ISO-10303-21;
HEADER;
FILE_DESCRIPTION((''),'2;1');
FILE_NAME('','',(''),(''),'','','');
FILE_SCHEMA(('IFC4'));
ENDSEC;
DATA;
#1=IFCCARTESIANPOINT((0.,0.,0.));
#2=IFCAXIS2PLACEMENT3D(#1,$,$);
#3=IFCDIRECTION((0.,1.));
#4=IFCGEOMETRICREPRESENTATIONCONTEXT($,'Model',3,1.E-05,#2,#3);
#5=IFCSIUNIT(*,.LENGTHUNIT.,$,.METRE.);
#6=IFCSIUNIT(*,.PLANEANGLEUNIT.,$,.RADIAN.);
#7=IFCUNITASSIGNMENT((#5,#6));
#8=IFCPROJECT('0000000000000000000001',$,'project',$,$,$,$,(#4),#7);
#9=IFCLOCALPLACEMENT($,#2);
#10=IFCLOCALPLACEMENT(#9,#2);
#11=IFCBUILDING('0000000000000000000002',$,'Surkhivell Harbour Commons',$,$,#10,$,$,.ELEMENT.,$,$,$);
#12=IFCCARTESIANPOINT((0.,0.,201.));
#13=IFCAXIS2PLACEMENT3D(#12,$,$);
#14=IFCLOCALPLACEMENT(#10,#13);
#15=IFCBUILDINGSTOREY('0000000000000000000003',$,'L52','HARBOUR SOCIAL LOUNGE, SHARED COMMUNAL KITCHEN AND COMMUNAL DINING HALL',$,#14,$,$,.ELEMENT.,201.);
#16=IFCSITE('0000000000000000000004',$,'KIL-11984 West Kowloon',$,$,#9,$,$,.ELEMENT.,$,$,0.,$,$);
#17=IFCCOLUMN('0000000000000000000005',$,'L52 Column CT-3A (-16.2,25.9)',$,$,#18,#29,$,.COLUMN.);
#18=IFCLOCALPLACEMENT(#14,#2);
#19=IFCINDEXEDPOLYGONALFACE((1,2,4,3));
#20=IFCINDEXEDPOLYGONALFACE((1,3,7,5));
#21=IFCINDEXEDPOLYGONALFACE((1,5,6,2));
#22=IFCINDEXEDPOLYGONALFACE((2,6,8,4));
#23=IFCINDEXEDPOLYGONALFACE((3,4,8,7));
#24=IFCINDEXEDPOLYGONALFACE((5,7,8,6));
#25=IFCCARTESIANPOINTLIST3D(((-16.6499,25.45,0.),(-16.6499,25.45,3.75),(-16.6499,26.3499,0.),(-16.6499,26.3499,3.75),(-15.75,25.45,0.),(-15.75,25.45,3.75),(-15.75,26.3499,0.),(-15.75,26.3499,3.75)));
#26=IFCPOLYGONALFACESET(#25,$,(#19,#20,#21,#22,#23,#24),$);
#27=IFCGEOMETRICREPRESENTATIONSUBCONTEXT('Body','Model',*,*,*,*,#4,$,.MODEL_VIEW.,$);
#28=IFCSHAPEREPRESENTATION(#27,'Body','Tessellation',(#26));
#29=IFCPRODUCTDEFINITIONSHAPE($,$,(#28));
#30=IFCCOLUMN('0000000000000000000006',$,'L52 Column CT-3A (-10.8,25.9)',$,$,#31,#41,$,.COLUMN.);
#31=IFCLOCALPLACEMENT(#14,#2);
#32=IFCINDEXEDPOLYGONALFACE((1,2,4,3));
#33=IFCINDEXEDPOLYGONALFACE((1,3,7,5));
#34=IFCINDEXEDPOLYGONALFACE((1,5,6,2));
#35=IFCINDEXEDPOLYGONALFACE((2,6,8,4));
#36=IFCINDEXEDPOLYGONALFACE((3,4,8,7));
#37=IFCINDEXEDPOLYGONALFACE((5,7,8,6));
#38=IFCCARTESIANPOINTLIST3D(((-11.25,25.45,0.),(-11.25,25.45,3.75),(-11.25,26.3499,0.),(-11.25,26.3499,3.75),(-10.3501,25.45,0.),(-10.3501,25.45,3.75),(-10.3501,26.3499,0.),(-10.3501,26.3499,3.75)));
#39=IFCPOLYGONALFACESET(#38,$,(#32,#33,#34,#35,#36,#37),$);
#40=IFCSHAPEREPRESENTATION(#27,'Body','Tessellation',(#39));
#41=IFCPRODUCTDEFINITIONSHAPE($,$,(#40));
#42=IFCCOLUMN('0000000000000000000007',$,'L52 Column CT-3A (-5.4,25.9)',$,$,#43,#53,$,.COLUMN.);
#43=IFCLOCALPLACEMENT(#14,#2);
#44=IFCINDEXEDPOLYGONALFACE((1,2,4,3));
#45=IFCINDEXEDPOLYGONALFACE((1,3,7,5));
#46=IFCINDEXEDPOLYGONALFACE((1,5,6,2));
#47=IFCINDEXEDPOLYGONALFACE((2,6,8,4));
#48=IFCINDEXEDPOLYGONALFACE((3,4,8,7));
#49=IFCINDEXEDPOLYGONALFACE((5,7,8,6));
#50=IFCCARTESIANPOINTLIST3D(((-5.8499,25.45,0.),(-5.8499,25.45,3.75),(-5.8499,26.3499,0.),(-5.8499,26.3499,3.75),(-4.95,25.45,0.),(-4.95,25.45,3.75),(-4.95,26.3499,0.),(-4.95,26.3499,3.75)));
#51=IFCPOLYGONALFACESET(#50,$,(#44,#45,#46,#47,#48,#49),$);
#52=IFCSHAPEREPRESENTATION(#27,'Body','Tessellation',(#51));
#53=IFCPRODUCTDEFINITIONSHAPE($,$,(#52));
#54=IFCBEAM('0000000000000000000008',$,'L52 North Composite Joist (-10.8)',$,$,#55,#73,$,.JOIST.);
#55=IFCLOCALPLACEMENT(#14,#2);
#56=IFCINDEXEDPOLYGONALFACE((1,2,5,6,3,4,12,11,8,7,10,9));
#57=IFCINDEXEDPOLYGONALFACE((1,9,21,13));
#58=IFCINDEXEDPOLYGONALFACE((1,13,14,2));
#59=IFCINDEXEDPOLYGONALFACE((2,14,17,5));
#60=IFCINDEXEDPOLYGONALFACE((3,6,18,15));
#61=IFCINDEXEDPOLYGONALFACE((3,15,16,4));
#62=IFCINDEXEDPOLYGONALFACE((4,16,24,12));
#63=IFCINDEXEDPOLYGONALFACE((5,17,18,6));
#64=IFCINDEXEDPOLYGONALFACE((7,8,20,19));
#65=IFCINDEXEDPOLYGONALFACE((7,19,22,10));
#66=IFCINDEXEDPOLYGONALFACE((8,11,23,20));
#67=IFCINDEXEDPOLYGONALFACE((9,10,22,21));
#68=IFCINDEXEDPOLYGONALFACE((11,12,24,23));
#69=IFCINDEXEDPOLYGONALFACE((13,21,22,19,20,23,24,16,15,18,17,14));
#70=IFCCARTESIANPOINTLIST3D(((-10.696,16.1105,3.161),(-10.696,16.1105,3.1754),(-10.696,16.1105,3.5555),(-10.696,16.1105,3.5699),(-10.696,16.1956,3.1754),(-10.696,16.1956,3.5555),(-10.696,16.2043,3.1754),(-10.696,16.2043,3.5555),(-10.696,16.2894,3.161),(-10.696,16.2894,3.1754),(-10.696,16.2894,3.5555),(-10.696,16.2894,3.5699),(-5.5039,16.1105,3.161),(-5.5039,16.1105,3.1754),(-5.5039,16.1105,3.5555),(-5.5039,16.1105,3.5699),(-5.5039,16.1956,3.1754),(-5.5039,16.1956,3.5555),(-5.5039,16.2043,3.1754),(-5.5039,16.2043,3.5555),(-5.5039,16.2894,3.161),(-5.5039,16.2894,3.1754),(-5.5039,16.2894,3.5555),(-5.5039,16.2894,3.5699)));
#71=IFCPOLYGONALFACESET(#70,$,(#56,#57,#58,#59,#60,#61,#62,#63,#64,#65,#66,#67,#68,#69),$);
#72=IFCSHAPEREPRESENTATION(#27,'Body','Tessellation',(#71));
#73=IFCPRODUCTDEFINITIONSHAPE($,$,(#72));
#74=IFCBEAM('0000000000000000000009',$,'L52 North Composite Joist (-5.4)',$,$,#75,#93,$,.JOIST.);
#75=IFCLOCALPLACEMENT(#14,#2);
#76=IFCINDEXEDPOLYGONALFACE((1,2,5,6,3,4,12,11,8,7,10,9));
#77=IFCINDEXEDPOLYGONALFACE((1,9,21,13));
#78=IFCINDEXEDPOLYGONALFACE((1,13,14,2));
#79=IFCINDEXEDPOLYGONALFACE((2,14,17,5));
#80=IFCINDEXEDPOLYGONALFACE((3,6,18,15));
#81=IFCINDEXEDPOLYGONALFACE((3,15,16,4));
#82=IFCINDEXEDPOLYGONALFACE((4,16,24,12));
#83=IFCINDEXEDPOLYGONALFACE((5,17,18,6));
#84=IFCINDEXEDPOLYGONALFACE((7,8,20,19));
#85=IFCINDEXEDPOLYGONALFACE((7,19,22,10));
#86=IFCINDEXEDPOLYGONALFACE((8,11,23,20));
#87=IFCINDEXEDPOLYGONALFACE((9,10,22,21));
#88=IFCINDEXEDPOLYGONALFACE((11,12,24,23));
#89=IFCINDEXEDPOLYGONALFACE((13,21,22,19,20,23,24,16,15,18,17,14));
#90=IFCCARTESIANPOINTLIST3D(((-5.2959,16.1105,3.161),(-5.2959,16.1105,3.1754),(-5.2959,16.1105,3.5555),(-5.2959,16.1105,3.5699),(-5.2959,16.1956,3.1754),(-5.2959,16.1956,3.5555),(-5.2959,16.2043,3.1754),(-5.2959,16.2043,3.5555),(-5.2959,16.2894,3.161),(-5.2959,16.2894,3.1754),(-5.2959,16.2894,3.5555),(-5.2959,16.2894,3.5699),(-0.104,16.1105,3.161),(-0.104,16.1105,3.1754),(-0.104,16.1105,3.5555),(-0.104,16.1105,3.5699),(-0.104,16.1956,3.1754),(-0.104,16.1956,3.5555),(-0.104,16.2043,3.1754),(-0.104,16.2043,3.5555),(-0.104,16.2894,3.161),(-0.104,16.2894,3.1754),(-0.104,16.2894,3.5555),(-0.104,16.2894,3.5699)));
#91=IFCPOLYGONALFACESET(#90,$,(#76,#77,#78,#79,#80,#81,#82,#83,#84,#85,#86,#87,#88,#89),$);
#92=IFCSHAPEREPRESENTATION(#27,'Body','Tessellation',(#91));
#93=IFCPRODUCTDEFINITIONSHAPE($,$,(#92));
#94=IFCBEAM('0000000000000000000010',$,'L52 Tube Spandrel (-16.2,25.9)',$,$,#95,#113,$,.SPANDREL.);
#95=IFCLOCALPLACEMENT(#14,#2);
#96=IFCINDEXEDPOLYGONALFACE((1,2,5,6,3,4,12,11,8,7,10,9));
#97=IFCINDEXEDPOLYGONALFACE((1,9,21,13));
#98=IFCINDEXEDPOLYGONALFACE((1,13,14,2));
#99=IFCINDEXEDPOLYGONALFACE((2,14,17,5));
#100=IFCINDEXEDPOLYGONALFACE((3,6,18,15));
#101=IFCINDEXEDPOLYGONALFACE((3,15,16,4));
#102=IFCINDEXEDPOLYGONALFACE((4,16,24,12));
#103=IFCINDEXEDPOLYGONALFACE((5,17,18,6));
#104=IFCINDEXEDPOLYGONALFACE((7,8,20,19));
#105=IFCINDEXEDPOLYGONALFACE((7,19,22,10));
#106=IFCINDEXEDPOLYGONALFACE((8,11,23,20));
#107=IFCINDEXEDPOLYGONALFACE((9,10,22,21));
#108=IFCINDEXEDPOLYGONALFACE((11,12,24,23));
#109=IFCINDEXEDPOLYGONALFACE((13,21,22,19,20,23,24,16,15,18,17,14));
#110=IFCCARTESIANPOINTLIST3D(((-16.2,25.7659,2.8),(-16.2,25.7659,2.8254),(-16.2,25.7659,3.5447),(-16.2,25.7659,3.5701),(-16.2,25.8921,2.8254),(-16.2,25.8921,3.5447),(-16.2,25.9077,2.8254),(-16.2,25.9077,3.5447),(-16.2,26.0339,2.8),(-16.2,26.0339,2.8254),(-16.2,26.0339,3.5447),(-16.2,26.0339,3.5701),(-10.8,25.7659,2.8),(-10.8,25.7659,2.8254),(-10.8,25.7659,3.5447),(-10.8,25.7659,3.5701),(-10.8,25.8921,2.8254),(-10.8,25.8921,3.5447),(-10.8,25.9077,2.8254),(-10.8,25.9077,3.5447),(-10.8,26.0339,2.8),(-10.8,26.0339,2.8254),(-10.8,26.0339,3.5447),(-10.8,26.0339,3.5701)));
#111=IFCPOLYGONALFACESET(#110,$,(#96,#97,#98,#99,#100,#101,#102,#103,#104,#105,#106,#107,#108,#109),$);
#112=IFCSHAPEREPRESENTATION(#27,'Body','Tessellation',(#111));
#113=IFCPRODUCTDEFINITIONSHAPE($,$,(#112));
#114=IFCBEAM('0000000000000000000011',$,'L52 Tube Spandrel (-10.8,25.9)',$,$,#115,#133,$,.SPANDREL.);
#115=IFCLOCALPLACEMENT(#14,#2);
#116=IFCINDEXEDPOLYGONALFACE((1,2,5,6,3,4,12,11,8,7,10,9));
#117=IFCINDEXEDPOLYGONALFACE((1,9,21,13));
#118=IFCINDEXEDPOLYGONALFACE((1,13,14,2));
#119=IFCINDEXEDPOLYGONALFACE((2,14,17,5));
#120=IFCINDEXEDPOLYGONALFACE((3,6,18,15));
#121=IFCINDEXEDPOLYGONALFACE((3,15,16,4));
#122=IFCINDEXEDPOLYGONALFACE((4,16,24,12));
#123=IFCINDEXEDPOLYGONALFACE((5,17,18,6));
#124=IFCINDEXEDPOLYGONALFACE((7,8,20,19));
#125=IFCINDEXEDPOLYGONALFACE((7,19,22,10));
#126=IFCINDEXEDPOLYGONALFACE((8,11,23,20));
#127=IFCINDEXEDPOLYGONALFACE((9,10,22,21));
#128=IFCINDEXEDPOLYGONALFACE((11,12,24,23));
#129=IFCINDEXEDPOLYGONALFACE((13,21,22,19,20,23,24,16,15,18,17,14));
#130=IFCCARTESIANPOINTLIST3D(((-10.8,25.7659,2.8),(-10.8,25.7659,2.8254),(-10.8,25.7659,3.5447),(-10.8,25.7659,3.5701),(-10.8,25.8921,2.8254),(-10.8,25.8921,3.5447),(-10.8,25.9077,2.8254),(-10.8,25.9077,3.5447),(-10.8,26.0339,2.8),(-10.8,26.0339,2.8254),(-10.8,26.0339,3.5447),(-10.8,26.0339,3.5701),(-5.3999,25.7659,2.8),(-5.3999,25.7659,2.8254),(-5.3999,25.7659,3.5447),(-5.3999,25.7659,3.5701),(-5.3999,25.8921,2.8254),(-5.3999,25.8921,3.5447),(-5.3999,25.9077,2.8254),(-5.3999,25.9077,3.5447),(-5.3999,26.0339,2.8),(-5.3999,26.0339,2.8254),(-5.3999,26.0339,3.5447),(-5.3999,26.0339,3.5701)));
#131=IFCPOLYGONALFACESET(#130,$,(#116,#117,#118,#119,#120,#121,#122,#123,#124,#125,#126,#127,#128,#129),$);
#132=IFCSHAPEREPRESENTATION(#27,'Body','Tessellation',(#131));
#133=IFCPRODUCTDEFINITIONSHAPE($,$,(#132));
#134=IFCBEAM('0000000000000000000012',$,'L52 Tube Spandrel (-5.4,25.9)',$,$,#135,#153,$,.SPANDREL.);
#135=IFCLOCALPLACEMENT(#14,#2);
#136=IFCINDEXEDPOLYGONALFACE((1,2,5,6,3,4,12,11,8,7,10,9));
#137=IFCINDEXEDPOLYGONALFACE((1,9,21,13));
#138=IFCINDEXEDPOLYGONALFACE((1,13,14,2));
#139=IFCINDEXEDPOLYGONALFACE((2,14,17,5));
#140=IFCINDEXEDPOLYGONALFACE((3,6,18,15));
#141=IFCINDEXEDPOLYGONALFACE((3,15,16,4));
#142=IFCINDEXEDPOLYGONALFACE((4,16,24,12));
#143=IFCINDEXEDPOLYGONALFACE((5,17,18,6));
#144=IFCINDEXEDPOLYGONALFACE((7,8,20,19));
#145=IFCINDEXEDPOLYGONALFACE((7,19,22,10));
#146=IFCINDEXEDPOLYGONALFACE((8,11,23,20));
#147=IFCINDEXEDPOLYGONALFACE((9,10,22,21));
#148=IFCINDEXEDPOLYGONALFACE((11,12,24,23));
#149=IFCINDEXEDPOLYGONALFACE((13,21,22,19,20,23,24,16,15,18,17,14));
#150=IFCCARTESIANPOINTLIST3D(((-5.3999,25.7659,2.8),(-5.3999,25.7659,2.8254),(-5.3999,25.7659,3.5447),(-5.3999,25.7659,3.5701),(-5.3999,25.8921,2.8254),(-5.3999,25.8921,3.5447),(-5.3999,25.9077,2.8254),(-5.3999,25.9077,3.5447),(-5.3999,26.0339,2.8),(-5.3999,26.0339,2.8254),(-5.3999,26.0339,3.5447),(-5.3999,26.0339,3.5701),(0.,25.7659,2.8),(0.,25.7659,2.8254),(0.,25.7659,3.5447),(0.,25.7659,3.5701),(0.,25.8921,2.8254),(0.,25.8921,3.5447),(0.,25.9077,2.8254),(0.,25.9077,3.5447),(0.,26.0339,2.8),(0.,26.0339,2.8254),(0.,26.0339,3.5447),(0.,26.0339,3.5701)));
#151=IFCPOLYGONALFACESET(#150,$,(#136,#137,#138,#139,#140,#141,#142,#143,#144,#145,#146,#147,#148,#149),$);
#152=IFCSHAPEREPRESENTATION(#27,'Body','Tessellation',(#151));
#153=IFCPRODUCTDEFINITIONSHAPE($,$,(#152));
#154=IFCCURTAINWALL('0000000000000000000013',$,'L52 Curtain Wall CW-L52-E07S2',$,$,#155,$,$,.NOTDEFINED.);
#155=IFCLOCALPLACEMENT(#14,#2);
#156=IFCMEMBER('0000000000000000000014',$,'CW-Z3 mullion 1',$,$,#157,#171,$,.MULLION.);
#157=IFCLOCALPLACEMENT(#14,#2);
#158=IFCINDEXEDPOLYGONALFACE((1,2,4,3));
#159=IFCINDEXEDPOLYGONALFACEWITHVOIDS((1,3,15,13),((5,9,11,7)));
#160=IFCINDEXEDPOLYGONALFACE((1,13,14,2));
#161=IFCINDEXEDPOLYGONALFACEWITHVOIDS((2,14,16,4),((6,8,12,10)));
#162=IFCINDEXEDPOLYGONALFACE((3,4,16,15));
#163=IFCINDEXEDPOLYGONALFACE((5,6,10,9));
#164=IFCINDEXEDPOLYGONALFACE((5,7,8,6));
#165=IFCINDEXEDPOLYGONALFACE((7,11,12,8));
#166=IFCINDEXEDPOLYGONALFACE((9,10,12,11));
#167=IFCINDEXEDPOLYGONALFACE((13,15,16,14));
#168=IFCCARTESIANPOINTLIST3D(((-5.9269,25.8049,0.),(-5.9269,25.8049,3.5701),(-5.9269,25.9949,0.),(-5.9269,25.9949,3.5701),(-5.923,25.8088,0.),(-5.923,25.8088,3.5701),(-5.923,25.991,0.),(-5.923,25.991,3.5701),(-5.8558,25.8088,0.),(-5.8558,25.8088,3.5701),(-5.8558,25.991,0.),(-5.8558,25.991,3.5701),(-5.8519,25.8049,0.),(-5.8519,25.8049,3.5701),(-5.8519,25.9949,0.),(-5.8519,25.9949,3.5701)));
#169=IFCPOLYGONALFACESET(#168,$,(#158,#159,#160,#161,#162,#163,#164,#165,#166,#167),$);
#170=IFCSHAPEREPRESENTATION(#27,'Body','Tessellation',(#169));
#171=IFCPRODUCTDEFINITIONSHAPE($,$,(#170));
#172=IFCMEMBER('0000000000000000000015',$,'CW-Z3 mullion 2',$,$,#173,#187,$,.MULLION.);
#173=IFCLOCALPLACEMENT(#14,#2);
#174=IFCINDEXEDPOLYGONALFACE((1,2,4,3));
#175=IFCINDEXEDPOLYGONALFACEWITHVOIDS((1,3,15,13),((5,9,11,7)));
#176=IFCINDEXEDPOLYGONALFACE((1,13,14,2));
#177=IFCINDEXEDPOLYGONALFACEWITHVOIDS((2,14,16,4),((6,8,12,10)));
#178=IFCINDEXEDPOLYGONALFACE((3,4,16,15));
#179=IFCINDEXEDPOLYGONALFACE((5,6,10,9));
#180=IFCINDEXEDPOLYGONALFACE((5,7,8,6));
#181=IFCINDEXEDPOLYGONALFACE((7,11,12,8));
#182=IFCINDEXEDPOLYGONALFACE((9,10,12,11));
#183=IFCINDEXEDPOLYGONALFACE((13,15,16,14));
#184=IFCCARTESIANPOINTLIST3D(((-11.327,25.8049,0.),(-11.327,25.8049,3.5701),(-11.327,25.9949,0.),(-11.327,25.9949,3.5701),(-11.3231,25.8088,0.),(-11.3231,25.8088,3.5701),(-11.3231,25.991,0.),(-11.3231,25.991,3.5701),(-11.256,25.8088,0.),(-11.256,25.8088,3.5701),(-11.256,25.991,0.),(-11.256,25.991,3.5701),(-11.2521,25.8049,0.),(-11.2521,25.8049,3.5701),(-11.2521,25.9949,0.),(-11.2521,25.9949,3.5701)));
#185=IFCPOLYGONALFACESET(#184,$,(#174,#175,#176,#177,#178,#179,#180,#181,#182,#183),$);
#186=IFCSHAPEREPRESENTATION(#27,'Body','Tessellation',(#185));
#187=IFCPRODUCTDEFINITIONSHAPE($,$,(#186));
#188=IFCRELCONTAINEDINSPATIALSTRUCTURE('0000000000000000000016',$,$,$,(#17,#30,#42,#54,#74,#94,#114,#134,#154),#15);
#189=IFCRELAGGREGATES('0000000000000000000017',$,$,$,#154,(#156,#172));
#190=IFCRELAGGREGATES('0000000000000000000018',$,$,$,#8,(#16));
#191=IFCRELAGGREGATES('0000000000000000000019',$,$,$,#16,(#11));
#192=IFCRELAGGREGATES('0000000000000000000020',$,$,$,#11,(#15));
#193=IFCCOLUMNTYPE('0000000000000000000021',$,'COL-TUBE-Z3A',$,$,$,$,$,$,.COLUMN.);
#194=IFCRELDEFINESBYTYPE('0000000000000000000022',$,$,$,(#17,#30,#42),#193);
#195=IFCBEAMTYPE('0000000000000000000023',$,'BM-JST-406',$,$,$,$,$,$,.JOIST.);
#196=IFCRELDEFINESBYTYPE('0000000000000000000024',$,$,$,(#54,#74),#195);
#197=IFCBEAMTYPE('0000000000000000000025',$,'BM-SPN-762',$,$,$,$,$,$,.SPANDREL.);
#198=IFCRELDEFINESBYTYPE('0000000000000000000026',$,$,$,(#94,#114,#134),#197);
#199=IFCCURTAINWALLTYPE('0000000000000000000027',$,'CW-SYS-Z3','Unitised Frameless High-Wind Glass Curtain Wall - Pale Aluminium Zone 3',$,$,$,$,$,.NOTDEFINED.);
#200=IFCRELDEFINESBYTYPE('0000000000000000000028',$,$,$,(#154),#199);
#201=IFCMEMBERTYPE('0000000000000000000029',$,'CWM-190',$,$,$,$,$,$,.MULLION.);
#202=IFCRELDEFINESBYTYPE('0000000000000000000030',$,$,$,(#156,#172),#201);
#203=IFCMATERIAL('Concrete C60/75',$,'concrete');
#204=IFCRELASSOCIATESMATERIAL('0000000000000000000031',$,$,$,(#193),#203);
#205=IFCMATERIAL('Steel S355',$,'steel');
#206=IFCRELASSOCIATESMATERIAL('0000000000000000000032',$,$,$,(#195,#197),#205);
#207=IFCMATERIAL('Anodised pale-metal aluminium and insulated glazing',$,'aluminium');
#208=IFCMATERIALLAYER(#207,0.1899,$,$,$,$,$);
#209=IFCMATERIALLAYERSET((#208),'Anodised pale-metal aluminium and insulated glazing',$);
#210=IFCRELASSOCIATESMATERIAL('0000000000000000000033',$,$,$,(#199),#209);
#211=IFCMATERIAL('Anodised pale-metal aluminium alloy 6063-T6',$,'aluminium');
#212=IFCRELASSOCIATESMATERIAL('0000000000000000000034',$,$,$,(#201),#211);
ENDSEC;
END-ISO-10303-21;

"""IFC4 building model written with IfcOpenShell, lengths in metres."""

from ifc_helpers import new_model, si_unit, direction, frame, origin, origin_2d, place, context, subcontext, project, spatial, rectangle, hollow_rectangle, i_section, extrude, material, layer, layer_set, material_profile, profile_set, type_object, element, aggregate, save


model = new_model("IFC4")

# Units and contexts
model_context = context("Model", 3, precision=1e-05, world=origin(), true_north=direction((0.0, 1.0)))
body_context = subcontext(model_context, "Body", "Model", "MODEL_VIEW")
ifc_project = project(units=[si_unit("LENGTHUNIT", "METRE"), si_unit("PLANEANGLEUNIT", "RADIAN")], contexts=[model_context])

# Site, building, storey
site_placement = place(None, origin())
site = spatial("IfcSite", under=ifc_project, at=site_placement, Name="KIL-11984 West Kowloon", CompositionType="ELEMENT", RefElevation=0.0)
building_placement = place(site_placement, origin())
building = spatial("IfcBuilding", under=site, at=building_placement, Name="Surkhivell Harbour Commons", CompositionType="ELEMENT")
storey_placement = place(building_placement, frame((0.0, 0.0, 201.0)))
storey = spatial("IfcBuildingStorey", under=building, at=storey_placement, Name="L52", Description="HARBOUR SOCIAL LOUNGE, SHARED COMMUNAL KITCHEN AND COMMUNAL DINING HALL", CompositionType="ELEMENT", Elevation=201.0)

# Columns
ifc_material_1 = material(Name="Concrete C60/75", Category="concrete")
ifc_material_profile_1 = material_profile(ifc_material_1, rectangle(XDim=0.8999, YDim=0.8999, at=origin_2d()), Name="RC-COL-900x900")
ifc_profile_set_1 = profile_set([ifc_material_profile_1], Name="Concrete C60/75")
column_type = type_object("IfcColumnType", Name="COL-TUBE-Z3A", PredefinedType="COLUMN", material=ifc_profile_set_1)
for number, where, z_axis, x_axis, name in (
    (1, (-16.2, 25.8999, 0.0), (0.0, 0.0, 1.0), (1.0, 0.0, 0.0), "L52 Column CT-3A (-16.2,25.9)"),
    (2, (-10.8, 25.8999, 0.0), (0.0, 0.0, 1.0), (1.0, 0.0, 0.0), "L52 Column CT-3A (-10.8,25.9)"),
    (3, (-5.3999, 25.8999, 0.0), (0.0, 0.0, 1.0), (1.0, 0.0, 0.0), "L52 Column CT-3A (-5.4,25.9)"),
):
    element("IfcColumn", number, at=place(storey_placement, frame(where, z_axis=z_axis, x_axis=x_axis)), inside=storey, type_object=column_type, Name=name, PredefinedType="COLUMN", context=body_context, shape_type="SweptSolid", body=[
        extrude(rectangle(XDim=0.8999, YDim=0.8999, at=origin_2d()), origin(), (0.0, 0.0, 1.0), 3.75),
    ])

# Beams
ifc_material_2 = material(Name="Steel S355", Category="steel")
ifc_material_profile_2 = material_profile(ifc_material_2, i_section(OverallWidth=0.179, OverallDepth=0.4089, WebThickness=0.0088, FlangeThickness=0.0144, at=origin_2d()), Name="UB406x178x67")
ifc_profile_set_2 = profile_set([ifc_material_profile_2], Name="Steel S355")
beam_type_1 = type_object("IfcBeamType", Name="BM-JST-406", PredefinedType="JOIST", material=ifc_profile_set_2)
beam_1_placement = place(storey_placement, frame((-10.696, 16.2, 3.3655), z_axis=(1.0, 0.0, 0.0), x_axis=(0.0, 1.0, 0.0)))
element("IfcBeam", 4, at=beam_1_placement, inside=storey, type_object=beam_type_1, Name="L52 North Composite Joist (-10.8)", PredefinedType="JOIST", context=body_context, shape_type="SweptSolid", body=[
    extrude(i_section(OverallWidth=0.179, OverallDepth=0.4089, WebThickness=0.0088, FlangeThickness=0.0144, at=origin_2d()), origin(), (0.0, 0.0, 1.0), 5.1921),
])
beam_2_placement = place(storey_placement, frame((-5.2959, 16.2, 3.3655), z_axis=(1.0, 0.0, 0.0), x_axis=(0.0, 1.0, 0.0)))
element("IfcBeam", 5, at=beam_2_placement, inside=storey, type_object=beam_type_1, Name="L52 North Composite Joist (-5.4)", PredefinedType="JOIST", context=body_context, shape_type="SweptSolid", body=[
    extrude(i_section(OverallWidth=0.179, OverallDepth=0.4089, WebThickness=0.0088, FlangeThickness=0.0144, at=origin_2d()), origin(), (0.0, 0.0, 1.0), 5.1919),
])
ifc_material_profile_3 = material_profile(ifc_material_2, i_section(OverallWidth=0.2681, OverallDepth=0.77, WebThickness=0.0156, FlangeThickness=0.0254, at=origin_2d()), Name="UB762x267x197")
ifc_profile_set_3 = profile_set([ifc_material_profile_3], Name="Steel S355")
beam_type_2 = type_object("IfcBeamType", Name="BM-SPN-762", PredefinedType="SPANDREL", material=ifc_profile_set_3)
beam_3_placement = place(storey_placement, frame((-16.2, 25.8999, 3.1851), z_axis=(1.0, 0.0, 0.0), x_axis=(0.0, 1.0, 0.0)))
element("IfcBeam", 6, at=beam_3_placement, inside=storey, type_object=beam_type_2, Name="L52 Tube Spandrel (-16.2,25.9)", PredefinedType="SPANDREL", context=body_context, shape_type="SweptSolid", body=[
    extrude(i_section(OverallWidth=0.2681, OverallDepth=0.77, WebThickness=0.0156, FlangeThickness=0.0254, at=origin_2d()), origin(), (0.0, 0.0, 1.0), 5.3999),
])
beam_4_placement = place(storey_placement, frame((-10.8, 25.8999, 3.1851), z_axis=(1.0, 0.0, 0.0), x_axis=(0.0, 1.0, 0.0)))
element("IfcBeam", 7, at=beam_4_placement, inside=storey, type_object=beam_type_2, Name="L52 Tube Spandrel (-10.8,25.9)", PredefinedType="SPANDREL", context=body_context, shape_type="SweptSolid", body=[
    extrude(i_section(OverallWidth=0.2681, OverallDepth=0.77, WebThickness=0.0156, FlangeThickness=0.0254, at=origin_2d()), origin(), (0.0, 0.0, 1.0), 5.4001),
])
beam_5_placement = place(storey_placement, frame((-5.3999, 25.8999, 3.1851), z_axis=(1.0, 0.0, 0.0), x_axis=(0.0, 1.0, 0.0)))
element("IfcBeam", 8, at=beam_5_placement, inside=storey, type_object=beam_type_2, Name="L52 Tube Spandrel (-5.4,25.9)", PredefinedType="SPANDREL", context=body_context, shape_type="SweptSolid", body=[
    extrude(i_section(OverallWidth=0.2681, OverallDepth=0.77, WebThickness=0.0156, FlangeThickness=0.0254, at=origin_2d()), origin(), (0.0, 0.0, 1.0), 5.3999),
])

# Curtain wall, members
ifc_material_3 = material(Name="Anodised pale-metal aluminium and insulated glazing", Category="aluminium")
ifc_layer_1 = layer(ifc_material_3, 0.1899)
ifc_layer_set_1 = layer_set([ifc_layer_1], Name="Anodised pale-metal aluminium and insulated glazing")
curtain_wall_type = type_object("IfcCurtainWallType", Name="CW-SYS-Z3", Description="Unitised Frameless High-Wind Glass Curtain Wall - Pale Aluminium Zone 3", PredefinedType="NOTDEFINED", material=ifc_layer_set_1)
curtain_wall_placement = place(storey_placement, origin())
curtain_wall = element("IfcCurtainWall", 9, at=curtain_wall_placement, inside=storey, type_object=curtain_wall_type, Name="L52 Curtain Wall CW-L52-E07S2", PredefinedType="NOTDEFINED")
ifc_material_4 = material(Name="Anodised pale-metal aluminium alloy 6063-T6", Category="aluminium")
ifc_material_profile_4 = material_profile(ifc_material_4, hollow_rectangle(XDim=0.075, YDim=0.1899, WallThickness=0.0039, at=origin_2d()), Name="ALU-MULL-75x190")
ifc_profile_set_4 = profile_set([ifc_material_profile_4], Name="Anodised pale-metal aluminium alloy 6063-T6")
member_type_1 = type_object("IfcMemberType", Name="CWM-190", PredefinedType="MULLION", material=ifc_profile_set_4)
member_1_placement = place(storey_placement, frame((-5.8894, 25.8999, 0.0), z_axis=(0.0, 0.0, 1.0), x_axis=(-1.0, 0.0, 0.0)))
member_1 = element("IfcMember", 10, at=member_1_placement, type_object=member_type_1, Name="CW-Z3 mullion 1", PredefinedType="MULLION", context=body_context, shape_type="SweptSolid", body=[
    extrude(hollow_rectangle(XDim=0.075, YDim=0.1899, WallThickness=0.0039, at=origin_2d()), origin(), (0.0, 0.0, 1.0), 3.5701),
])
member_2_placement = place(storey_placement, frame((-11.2896, 25.8999, 0.0), z_axis=(0.0, 0.0, 1.0), x_axis=(-1.0, 0.0, 0.0)))
member_2 = element("IfcMember", 11, at=member_2_placement, type_object=member_type_1, Name="CW-Z3 mullion 2", PredefinedType="MULLION", context=body_context, shape_type="SweptSolid", body=[
    extrude(hollow_rectangle(XDim=0.075, YDim=0.1899, WallThickness=0.0039, at=origin_2d()), origin(), (0.0, 0.0, 1.0), 3.5701),
])

aggregate(curtain_wall, [member_1, member_2])

save(model, "model.ifc")
